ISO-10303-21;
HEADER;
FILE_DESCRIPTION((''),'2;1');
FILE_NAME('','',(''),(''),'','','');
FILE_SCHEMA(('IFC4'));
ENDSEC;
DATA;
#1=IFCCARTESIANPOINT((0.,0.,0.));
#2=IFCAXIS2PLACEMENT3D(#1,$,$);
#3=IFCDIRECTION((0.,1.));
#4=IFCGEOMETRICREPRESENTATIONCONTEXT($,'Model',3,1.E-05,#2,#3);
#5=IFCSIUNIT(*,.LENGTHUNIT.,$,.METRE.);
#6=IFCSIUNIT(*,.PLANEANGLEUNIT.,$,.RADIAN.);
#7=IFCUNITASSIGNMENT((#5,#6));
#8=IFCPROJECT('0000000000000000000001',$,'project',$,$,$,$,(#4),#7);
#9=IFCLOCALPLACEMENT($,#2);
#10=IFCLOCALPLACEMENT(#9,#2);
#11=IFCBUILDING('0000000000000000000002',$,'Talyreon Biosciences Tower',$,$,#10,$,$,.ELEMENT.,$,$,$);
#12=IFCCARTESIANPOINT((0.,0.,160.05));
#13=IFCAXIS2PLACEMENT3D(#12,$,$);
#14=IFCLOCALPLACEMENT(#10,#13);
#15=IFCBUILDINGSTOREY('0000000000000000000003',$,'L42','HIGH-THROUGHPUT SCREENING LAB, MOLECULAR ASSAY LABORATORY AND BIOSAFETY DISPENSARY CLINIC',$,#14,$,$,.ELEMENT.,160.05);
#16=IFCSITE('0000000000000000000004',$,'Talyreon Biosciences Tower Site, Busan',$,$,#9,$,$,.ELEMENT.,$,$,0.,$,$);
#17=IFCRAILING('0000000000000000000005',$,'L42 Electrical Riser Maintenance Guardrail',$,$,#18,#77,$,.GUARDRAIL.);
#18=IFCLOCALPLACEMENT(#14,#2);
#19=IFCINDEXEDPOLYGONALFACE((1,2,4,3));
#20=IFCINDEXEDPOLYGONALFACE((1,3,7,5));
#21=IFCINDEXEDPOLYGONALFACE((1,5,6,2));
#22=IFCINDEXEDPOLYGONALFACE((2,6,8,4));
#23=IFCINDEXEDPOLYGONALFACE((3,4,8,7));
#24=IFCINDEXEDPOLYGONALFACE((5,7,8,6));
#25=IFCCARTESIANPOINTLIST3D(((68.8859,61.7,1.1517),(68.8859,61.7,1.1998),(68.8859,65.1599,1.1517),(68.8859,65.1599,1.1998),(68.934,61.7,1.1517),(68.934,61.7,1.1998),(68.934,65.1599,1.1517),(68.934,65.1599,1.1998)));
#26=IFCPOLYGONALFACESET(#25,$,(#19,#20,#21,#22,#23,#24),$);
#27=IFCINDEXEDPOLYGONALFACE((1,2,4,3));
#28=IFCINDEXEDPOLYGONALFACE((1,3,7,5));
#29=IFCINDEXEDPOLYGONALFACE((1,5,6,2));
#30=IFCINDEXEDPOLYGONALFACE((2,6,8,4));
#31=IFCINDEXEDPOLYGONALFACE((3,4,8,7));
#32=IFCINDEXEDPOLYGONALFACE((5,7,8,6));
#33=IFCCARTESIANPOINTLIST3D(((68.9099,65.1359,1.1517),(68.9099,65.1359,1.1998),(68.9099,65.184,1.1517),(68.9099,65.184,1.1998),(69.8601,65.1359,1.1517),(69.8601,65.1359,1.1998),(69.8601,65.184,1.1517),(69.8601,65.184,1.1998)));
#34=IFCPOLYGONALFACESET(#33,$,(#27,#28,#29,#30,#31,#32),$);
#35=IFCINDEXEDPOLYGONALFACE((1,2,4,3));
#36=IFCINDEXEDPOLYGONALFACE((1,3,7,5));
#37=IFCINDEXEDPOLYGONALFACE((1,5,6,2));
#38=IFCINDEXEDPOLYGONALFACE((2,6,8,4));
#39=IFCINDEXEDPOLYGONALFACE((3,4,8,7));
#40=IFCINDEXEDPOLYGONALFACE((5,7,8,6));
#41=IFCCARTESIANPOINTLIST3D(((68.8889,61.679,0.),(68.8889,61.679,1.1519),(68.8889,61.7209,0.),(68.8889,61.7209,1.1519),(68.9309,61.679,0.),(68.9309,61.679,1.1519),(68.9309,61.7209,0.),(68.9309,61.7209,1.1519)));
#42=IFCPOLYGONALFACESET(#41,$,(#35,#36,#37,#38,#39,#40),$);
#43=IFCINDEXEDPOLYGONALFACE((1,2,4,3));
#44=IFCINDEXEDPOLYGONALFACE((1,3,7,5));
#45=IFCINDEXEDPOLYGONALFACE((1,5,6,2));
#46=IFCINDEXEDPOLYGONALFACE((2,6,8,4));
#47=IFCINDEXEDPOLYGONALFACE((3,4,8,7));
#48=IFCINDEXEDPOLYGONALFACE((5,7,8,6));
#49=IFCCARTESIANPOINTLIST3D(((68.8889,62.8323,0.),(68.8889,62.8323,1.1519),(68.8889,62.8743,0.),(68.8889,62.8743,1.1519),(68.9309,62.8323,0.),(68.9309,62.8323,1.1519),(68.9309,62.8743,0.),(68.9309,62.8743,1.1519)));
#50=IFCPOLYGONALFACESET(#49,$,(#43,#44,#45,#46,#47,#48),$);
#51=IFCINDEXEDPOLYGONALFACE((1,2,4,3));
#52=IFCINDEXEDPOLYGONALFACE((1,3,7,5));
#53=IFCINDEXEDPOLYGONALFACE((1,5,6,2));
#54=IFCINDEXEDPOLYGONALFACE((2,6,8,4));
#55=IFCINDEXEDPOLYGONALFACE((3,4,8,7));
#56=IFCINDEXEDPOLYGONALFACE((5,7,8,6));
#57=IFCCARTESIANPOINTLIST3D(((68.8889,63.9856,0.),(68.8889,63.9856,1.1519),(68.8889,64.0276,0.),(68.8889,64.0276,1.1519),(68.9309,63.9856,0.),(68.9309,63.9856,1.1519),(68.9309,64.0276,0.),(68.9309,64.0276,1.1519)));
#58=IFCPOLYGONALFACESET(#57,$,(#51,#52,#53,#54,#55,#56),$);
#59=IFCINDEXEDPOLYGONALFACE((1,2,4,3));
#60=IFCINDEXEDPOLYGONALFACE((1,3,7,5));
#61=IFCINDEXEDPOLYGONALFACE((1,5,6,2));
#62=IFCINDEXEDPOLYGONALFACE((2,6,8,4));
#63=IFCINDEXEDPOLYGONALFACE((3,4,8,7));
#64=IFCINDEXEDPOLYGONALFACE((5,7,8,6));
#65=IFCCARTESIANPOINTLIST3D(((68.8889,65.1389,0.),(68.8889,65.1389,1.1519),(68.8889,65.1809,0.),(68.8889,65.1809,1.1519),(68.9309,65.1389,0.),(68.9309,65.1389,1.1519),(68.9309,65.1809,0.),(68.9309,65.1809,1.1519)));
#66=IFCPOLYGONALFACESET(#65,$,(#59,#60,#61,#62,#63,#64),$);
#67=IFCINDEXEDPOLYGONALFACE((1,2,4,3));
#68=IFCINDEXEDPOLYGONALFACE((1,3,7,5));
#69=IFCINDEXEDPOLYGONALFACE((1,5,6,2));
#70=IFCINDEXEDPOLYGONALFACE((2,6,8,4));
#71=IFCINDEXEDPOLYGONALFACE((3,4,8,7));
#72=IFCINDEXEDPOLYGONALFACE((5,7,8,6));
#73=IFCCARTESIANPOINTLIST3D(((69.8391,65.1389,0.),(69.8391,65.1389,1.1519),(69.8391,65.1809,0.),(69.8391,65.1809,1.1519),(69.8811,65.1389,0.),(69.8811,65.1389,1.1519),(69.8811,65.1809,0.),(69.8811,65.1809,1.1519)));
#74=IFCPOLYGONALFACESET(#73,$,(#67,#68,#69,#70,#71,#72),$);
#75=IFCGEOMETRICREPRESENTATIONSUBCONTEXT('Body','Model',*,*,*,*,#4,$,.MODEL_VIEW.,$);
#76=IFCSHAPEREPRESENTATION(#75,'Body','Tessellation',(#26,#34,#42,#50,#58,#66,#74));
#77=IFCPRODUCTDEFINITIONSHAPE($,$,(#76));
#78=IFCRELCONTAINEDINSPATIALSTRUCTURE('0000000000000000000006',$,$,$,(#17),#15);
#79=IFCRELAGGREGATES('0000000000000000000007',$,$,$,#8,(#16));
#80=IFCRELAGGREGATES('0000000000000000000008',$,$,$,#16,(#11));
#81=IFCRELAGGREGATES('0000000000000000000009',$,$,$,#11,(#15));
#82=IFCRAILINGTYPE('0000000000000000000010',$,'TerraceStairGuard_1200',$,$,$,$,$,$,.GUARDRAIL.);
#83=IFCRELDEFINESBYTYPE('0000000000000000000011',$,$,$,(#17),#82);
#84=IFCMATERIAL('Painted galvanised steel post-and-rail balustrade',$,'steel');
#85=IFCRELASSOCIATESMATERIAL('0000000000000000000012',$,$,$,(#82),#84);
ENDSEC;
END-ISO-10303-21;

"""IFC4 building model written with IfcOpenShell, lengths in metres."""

from ifc_helpers import new_model, si_unit, direction, frame, origin, origin_2d, place, context, subcontext, project, spatial, rectangle, extrude, material, type_object, element, save


model = new_model("IFC4")

# Units and contexts
model_context = context("Model", 3, precision=1e-05, world=origin(), true_north=direction((0.0, 1.0)))
body_context = subcontext(model_context, "Body", "Model", "MODEL_VIEW")
ifc_project = project(units=[si_unit("LENGTHUNIT", "METRE"), si_unit("PLANEANGLEUNIT", "RADIAN")], contexts=[model_context])

# Site, building, storey
site_placement = place(None, origin())
site = spatial("IfcSite", under=ifc_project, at=site_placement, Name="Talyreon Biosciences Tower Site, Busan", CompositionType="ELEMENT", RefElevation=0.0)
building_placement = place(site_placement, origin())
building = spatial("IfcBuilding", under=site, at=building_placement, Name="Talyreon Biosciences Tower", CompositionType="ELEMENT")
storey_placement = place(building_placement, frame((0.0, 0.0, 160.05)))
storey = spatial("IfcBuildingStorey", under=building, at=storey_placement, Name="L42", Description="HIGH-THROUGHPUT SCREENING LAB, MOLECULAR ASSAY LABORATORY AND BIOSAFETY DISPENSARY CLINIC", CompositionType="ELEMENT", Elevation=160.05)

# Railing
ifc_material_1 = material(Name="Painted galvanised steel post-and-rail balustrade", Category="steel")
railing_type_1 = type_object("IfcRailingType", Name="TerraceStairGuard_1200", PredefinedType="GUARDRAIL", material=ifc_material_1)
railing_1_placement = place(storey_placement, frame((68.9099, 61.7, 0.0)))
element("IfcRailing", 1, at=railing_1_placement, inside=storey, type_object=railing_type_1, Name="L42 Electrical Riser Maintenance Guardrail", PredefinedType="GUARDRAIL", context=body_context, shape_type="SweptSolid", body=[
    extrude(rectangle(XDim=0.0481, YDim=0.0481, at=origin_2d()), frame((0.0, 0.0, 1.1758), z_axis=(0.0, 1.0, 0.0), x_axis=(-1.0, 0.0, 0.0)), (0.0, 0.0, 1.0), 3.46),
    extrude(rectangle(XDim=0.0481, YDim=0.0481, at=origin_2d()), frame((0.0, 3.46, 1.1758), z_axis=(1.0, 0.0, 0.0), x_axis=(0.0, 1.0, 0.0)), (0.0, 0.0, 1.0), 0.9502),
    extrude(rectangle(XDim=0.042, YDim=0.042, at=origin_2d()), origin(), (0.0, 0.0, 1.0), 1.1519),
    extrude(rectangle(XDim=0.042, YDim=0.042, at=origin_2d()), frame((0.0, 1.1533, 0.0)), (0.0, 0.0, 1.0), 1.1519),
    extrude(rectangle(XDim=0.042, YDim=0.042, at=origin_2d()), frame((0.0, 2.3066, 0.0)), (0.0, 0.0, 1.0), 1.1519),
    extrude(rectangle(XDim=0.042, YDim=0.042, at=origin_2d()), frame((0.0, 3.46, 0.0)), (0.0, 0.0, 1.0), 1.1519),
    extrude(rectangle(XDim=0.042, YDim=0.042, at=origin_2d()), frame((0.9502, 3.46, 0.0)), (0.0, 0.0, 1.0), 1.1519),
])

save(model, "model.ifc")
